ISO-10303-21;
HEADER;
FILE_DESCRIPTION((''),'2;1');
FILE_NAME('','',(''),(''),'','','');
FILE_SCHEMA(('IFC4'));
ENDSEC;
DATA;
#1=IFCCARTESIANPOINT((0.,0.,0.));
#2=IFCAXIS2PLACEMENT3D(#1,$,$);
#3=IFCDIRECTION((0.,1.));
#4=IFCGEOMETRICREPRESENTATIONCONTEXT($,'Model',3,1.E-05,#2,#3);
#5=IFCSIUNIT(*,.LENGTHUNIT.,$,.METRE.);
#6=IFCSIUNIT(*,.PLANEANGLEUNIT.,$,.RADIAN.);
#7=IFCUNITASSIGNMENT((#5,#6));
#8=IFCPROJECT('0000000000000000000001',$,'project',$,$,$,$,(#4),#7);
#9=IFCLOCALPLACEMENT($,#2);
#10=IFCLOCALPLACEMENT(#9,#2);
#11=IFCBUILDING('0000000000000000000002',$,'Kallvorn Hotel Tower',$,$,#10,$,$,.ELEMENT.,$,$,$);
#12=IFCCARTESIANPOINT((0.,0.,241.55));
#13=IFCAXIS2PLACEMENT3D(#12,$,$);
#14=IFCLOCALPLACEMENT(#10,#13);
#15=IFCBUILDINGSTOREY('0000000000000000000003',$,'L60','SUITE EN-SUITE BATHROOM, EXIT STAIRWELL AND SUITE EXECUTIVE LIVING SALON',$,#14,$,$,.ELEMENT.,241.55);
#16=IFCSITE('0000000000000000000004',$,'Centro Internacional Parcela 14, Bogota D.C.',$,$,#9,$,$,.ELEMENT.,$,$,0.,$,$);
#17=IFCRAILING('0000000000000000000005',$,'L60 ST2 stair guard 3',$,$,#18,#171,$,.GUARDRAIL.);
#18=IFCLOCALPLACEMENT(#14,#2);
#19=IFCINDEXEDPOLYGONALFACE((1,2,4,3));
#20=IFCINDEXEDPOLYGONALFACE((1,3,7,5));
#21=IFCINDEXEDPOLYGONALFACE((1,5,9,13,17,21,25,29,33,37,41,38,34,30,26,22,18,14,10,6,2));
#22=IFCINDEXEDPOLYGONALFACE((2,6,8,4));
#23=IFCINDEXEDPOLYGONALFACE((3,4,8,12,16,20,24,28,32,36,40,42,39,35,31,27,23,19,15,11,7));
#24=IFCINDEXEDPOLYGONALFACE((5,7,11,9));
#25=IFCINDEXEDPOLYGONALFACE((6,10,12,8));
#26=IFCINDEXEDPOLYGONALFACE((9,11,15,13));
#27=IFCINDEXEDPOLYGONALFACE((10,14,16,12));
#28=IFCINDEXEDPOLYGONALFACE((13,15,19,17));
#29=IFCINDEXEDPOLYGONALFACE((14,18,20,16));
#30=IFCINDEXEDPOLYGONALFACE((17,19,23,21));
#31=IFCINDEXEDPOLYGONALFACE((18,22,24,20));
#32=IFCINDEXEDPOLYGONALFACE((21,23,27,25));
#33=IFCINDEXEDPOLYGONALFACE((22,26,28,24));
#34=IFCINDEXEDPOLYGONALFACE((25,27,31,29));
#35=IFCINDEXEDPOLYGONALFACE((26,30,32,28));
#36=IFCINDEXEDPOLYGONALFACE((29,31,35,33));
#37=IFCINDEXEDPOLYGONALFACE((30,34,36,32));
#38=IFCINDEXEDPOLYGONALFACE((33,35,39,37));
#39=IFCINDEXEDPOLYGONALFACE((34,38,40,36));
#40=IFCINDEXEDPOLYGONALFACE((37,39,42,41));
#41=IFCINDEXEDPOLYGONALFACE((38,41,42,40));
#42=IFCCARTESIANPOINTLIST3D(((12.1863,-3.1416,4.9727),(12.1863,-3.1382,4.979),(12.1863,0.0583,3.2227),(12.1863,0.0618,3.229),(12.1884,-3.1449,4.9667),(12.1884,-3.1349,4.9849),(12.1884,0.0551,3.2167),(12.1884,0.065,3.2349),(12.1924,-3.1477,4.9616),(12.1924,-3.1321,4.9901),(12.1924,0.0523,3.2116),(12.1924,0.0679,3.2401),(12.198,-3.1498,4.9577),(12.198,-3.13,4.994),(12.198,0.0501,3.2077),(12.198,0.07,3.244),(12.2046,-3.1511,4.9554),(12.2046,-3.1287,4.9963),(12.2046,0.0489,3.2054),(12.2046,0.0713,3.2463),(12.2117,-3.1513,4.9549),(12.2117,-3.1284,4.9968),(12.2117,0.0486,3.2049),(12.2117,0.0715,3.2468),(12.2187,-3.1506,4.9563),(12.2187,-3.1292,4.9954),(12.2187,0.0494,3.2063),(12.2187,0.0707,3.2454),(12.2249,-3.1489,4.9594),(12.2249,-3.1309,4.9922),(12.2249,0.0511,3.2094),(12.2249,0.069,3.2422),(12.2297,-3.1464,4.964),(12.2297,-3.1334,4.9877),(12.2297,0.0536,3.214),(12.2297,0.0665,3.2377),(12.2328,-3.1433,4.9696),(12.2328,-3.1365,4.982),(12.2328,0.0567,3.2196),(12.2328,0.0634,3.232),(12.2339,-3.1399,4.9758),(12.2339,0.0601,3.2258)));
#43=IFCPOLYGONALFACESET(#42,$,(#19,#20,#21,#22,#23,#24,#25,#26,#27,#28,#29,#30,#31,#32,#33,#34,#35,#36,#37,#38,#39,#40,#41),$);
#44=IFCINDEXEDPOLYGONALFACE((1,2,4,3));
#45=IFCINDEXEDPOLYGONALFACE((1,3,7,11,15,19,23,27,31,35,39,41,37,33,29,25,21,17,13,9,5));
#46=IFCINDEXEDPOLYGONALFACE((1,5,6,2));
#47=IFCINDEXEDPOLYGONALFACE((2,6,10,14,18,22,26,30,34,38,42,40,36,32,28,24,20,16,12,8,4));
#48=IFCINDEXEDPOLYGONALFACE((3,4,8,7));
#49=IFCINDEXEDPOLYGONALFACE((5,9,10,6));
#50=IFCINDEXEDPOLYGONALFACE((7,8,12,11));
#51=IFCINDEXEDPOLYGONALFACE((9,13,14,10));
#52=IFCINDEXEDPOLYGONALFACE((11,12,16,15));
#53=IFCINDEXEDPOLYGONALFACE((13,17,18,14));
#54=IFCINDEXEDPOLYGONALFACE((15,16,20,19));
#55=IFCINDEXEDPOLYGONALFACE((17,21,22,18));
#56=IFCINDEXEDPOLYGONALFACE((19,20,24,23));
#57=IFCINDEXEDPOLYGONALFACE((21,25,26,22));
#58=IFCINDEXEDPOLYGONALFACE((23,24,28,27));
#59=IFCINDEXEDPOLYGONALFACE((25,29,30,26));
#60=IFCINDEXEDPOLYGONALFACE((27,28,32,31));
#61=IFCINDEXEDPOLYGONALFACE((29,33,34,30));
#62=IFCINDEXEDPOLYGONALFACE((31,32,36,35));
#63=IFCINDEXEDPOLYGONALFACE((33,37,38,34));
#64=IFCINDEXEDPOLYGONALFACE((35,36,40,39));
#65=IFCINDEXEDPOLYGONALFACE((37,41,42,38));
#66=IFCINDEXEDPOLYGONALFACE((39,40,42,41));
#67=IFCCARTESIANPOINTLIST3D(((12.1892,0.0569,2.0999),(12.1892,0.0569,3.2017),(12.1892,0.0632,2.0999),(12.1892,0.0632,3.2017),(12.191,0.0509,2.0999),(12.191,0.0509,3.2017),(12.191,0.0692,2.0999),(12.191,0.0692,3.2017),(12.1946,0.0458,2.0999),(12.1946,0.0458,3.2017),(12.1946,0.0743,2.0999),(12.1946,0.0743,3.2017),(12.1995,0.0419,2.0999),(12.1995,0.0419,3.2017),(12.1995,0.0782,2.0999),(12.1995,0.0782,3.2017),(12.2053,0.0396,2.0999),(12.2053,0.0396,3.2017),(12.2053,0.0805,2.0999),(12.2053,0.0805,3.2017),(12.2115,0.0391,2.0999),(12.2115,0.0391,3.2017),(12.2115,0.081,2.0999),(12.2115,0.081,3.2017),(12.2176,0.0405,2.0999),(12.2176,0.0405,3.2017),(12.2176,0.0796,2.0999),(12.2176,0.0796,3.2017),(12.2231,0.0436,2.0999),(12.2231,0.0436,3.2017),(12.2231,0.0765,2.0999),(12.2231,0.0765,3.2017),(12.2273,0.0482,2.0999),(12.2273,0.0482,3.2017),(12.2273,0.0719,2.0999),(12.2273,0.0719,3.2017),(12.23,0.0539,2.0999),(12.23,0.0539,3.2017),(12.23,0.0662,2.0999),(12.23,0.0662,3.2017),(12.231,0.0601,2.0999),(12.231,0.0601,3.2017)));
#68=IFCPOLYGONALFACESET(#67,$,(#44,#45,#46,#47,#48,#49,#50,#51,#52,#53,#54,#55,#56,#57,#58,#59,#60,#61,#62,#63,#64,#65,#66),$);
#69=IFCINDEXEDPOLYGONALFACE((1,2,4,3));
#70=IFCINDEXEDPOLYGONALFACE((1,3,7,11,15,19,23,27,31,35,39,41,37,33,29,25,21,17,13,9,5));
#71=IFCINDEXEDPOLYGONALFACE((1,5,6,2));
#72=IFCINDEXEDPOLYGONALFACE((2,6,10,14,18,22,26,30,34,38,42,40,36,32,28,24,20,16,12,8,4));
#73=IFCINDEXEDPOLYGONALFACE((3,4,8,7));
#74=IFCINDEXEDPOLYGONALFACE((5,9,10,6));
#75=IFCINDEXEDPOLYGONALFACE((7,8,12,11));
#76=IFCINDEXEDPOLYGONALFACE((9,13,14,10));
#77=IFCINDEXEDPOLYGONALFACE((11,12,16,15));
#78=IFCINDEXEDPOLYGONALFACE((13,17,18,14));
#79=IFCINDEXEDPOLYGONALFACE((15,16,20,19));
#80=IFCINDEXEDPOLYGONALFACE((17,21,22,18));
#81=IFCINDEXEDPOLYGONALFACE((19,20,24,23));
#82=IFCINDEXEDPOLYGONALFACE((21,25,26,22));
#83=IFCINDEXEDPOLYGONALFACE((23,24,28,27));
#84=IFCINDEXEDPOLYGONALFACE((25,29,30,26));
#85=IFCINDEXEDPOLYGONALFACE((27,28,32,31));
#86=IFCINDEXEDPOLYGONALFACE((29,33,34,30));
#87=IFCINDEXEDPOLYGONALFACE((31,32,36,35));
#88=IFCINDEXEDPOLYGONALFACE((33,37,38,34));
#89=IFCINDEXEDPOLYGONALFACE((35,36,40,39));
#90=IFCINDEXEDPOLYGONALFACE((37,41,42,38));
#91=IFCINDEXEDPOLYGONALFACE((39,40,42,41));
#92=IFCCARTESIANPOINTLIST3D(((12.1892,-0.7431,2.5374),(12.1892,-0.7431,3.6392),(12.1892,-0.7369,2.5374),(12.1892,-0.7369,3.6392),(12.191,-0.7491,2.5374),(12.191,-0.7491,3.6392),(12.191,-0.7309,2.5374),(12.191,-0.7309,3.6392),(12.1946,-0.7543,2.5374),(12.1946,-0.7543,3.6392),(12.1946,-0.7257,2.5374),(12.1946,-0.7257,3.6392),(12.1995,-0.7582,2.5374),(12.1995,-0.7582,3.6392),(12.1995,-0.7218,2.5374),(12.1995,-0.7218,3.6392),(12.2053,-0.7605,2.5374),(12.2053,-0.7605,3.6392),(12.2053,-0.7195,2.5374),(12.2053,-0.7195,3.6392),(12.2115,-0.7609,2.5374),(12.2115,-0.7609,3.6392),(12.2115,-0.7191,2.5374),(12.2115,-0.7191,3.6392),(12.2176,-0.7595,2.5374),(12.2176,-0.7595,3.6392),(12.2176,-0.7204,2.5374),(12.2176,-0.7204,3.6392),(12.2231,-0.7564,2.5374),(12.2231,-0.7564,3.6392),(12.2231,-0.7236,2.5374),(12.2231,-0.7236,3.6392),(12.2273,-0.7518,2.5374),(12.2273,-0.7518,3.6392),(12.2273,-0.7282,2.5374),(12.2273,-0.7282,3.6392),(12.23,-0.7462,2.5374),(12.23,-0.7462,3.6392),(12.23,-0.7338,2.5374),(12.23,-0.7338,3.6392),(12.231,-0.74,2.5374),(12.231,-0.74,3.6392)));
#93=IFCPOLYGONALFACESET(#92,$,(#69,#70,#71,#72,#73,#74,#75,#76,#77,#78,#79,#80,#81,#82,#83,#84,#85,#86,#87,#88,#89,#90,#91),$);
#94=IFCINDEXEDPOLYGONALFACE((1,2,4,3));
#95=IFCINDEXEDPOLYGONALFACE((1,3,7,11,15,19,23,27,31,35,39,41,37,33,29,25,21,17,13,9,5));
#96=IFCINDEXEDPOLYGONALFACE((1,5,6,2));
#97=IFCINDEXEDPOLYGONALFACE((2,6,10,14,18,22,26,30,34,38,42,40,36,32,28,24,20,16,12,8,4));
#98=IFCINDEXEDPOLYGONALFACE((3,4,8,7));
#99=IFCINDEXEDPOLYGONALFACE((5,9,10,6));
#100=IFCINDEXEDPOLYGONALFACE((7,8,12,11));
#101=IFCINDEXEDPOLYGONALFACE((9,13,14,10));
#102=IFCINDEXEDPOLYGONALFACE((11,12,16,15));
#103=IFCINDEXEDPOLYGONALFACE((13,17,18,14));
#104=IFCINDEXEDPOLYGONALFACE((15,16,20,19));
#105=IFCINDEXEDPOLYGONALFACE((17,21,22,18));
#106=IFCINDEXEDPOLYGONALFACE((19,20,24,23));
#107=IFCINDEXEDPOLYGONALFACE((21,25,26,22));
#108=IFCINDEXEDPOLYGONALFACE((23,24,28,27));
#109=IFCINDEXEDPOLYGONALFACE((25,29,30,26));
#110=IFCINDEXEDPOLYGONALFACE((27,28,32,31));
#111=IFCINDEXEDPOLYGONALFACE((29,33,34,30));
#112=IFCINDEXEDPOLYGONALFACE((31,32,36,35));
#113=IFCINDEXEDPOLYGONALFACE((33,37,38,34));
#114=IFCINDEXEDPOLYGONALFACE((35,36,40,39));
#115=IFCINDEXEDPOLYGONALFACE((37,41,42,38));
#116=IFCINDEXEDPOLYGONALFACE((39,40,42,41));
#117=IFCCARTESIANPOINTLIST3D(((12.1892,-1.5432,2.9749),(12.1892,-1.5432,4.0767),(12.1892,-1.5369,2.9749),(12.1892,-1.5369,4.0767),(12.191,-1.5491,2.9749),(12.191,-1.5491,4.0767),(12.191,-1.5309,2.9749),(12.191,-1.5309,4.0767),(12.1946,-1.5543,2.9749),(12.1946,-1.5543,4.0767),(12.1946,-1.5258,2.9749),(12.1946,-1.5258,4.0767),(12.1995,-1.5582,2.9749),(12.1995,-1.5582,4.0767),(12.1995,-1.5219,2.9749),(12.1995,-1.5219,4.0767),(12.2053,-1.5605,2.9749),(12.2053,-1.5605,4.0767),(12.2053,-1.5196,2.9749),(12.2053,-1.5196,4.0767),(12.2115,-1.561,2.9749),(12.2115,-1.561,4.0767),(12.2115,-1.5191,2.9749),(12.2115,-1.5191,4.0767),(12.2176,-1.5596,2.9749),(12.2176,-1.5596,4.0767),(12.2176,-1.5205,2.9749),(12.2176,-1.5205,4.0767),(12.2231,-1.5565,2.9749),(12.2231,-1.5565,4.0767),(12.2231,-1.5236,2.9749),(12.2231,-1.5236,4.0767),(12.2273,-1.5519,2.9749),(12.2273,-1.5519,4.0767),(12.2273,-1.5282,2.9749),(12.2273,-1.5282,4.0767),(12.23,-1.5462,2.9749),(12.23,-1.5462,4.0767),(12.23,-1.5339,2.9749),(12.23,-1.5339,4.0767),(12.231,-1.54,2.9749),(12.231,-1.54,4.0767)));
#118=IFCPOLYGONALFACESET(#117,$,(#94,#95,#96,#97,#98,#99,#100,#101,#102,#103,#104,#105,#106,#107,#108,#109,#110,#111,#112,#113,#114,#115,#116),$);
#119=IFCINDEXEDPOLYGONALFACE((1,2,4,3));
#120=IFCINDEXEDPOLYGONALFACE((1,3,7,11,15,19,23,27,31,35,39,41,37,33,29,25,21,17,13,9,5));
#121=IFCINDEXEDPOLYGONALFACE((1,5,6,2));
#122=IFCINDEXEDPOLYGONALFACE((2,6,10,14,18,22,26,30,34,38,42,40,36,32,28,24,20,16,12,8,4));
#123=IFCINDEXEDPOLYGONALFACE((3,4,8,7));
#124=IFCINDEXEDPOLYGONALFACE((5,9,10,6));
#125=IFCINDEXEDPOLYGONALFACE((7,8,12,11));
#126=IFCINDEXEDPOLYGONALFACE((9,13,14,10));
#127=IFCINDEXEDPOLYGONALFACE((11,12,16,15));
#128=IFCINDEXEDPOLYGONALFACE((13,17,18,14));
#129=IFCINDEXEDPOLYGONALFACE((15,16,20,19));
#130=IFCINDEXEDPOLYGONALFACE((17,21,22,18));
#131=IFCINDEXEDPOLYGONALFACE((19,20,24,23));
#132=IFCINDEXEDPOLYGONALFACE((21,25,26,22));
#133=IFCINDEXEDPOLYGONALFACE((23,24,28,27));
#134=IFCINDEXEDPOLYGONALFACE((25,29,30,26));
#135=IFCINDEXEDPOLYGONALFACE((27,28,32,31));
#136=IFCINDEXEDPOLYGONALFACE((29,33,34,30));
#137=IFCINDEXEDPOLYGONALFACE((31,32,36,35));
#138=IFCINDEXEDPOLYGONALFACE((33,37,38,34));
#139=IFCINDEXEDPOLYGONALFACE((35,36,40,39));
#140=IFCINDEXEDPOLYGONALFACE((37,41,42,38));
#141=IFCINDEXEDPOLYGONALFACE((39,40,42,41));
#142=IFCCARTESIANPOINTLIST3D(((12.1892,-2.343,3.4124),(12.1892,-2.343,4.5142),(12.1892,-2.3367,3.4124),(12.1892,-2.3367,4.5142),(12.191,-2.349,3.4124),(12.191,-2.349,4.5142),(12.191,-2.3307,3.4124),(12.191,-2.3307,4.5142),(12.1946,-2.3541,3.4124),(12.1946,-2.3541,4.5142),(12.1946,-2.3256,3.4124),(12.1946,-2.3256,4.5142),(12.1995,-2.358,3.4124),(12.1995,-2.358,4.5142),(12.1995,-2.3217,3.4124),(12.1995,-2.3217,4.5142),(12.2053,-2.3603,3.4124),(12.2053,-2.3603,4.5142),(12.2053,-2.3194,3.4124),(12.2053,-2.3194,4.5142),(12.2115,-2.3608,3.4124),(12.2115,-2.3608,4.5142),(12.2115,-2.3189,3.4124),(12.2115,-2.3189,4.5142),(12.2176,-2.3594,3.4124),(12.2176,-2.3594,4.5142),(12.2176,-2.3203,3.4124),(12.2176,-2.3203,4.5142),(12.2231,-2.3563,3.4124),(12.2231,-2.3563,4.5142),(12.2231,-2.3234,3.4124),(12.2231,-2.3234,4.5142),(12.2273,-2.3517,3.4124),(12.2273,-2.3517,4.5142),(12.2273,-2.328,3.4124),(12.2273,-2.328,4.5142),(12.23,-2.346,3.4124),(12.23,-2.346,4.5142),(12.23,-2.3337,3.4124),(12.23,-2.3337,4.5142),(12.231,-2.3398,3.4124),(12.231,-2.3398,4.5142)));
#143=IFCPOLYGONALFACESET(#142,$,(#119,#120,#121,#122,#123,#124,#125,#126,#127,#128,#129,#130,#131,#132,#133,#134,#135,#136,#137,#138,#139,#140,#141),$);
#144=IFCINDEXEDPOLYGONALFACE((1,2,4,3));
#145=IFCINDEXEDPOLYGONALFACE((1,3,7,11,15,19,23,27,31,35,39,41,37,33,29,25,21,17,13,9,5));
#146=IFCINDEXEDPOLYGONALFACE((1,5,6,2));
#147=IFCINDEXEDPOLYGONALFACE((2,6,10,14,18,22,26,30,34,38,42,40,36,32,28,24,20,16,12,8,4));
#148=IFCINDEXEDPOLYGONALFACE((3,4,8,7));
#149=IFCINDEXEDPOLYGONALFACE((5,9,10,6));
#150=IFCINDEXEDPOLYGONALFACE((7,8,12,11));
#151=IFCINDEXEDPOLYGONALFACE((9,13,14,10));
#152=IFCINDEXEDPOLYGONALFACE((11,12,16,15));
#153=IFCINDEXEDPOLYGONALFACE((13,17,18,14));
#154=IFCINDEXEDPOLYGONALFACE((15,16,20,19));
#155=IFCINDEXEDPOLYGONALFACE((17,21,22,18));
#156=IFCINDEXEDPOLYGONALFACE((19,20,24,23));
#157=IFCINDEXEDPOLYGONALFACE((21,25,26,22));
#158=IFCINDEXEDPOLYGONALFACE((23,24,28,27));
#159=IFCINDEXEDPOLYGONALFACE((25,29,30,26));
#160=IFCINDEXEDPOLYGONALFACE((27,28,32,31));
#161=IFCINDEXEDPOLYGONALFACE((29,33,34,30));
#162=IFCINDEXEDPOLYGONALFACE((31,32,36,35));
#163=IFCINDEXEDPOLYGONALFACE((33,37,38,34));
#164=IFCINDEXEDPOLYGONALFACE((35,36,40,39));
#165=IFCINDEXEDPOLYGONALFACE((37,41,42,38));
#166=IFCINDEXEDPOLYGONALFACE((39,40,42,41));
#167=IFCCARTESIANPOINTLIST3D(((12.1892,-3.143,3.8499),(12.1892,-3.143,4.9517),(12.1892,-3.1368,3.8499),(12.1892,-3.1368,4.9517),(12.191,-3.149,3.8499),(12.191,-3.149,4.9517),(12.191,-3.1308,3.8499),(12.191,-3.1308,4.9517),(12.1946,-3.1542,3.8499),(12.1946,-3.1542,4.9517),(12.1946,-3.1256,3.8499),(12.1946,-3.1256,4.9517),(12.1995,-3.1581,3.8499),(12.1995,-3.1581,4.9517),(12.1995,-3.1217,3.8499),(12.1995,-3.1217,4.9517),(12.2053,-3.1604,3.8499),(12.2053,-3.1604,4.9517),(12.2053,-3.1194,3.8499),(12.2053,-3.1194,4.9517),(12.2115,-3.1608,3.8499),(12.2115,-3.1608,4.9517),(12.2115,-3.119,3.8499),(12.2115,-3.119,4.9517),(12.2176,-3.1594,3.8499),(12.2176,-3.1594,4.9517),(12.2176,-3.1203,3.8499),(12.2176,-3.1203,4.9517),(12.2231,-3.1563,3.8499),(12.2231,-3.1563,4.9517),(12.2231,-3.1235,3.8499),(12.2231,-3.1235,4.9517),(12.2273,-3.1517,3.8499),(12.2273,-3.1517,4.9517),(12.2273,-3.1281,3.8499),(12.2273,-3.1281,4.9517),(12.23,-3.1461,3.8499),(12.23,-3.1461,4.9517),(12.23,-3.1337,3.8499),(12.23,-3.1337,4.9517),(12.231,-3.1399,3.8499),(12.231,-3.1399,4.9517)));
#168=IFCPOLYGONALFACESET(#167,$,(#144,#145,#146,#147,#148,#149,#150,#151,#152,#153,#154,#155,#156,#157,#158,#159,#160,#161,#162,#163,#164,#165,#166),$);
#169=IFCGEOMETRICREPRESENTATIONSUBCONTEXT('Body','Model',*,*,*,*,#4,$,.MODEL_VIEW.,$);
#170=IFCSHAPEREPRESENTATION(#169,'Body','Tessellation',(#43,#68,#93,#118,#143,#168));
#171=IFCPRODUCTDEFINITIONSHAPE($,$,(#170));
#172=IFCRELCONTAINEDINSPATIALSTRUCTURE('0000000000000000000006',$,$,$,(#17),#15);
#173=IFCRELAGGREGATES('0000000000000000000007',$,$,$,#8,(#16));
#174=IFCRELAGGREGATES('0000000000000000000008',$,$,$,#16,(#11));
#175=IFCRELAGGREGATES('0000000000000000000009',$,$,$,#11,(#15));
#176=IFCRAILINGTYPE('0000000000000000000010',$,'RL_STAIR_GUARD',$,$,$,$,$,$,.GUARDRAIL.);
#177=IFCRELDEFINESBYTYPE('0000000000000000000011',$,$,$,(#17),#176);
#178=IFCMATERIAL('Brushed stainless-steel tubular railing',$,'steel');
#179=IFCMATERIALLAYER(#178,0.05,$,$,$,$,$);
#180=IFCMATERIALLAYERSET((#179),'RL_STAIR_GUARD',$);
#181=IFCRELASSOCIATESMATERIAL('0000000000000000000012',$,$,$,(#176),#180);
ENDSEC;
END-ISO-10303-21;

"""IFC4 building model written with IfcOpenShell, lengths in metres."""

from ifc_helpers import new_model, si_unit, direction, frame, origin, origin_2d, place, context, subcontext, project, spatial, circle, extrude, material, layer, layer_set, type_object, element, save


model = new_model("IFC4")

# Units and contexts
model_context = context("Model", 3, precision=1e-05, world=origin(), true_north=direction((0.0, 1.0)))
body_context = subcontext(model_context, "Body", "Model", "MODEL_VIEW")
ifc_project = project(units=[si_unit("LENGTHUNIT", "METRE"), si_unit("PLANEANGLEUNIT", "RADIAN")], contexts=[model_context])

# Site, building, storey
site_placement = place(None, origin())
site = spatial("IfcSite", under=ifc_project, at=site_placement, Name="Centro Internacional Parcela 14, Bogota D.C.", CompositionType="ELEMENT", RefElevation=0.0)
building_placement = place(site_placement, origin())
building = spatial("IfcBuilding", under=site, at=building_placement, Name="Kallvorn Hotel Tower", CompositionType="ELEMENT")
storey_placement = place(building_placement, frame((0.0, 0.0, 241.55)))
storey = spatial("IfcBuildingStorey", under=building, at=storey_placement, Name="L60", Description="SUITE EN-SUITE BATHROOM, EXIT STAIRWELL AND SUITE EXECUTIVE LIVING SALON", CompositionType="ELEMENT", Elevation=241.55)

# Railing
ifc_material_1 = material(Name="Brushed stainless-steel tubular railing", Category="steel")
ifc_layer_1 = layer(ifc_material_1, 0.05)
ifc_layer_set_1 = layer_set([ifc_layer_1], Name="RL_STAIR_GUARD")
railing_type_1 = type_object("IfcRailingType", Name="RL_STAIR_GUARD", PredefinedType="GUARDRAIL", material=ifc_layer_set_1)
railing_1_placement = place(storey_placement, frame((12.21, 0.0601, 2.0999)))
element("IfcRailing", 1, at=railing_1_placement, inside=storey, type_object=railing_type_1, Name="L60 ST2 stair guard 3", PredefinedType="GUARDRAIL", context=body_context, shape_type="SweptSolid", body=[
    extrude(circle(Radius=0.0239, at=origin_2d()), frame((0.0, 0.0, 1.126), z_axis=(0.0, -0.877368, 0.479818), x_axis=(1.0, 0.0, 0.0)), (0.0, 0.0, 1.0), 3.6472),
    extrude(circle(Radius=0.021, at=origin_2d()), origin(), (0.0, 0.0, 1.0), 1.1018),
    extrude(circle(Radius=0.021, at=origin_2d()), frame((0.0, -0.8, 0.4375)), (0.0, 0.0, 1.0), 1.1018),
    extrude(circle(Radius=0.021, at=origin_2d()), frame((0.0, -1.6001, 0.875)), (0.0, 0.0, 1.0), 1.1018),
    extrude(circle(Radius=0.021, at=origin_2d()), frame((0.0, -2.3999, 1.3125)), (0.0, 0.0, 1.0), 1.1018),
    extrude(circle(Radius=0.021, at=origin_2d()), frame((0.0, -3.2, 1.75)), (0.0, 0.0, 1.0), 1.1018),
])

save(model, "model.ifc")
